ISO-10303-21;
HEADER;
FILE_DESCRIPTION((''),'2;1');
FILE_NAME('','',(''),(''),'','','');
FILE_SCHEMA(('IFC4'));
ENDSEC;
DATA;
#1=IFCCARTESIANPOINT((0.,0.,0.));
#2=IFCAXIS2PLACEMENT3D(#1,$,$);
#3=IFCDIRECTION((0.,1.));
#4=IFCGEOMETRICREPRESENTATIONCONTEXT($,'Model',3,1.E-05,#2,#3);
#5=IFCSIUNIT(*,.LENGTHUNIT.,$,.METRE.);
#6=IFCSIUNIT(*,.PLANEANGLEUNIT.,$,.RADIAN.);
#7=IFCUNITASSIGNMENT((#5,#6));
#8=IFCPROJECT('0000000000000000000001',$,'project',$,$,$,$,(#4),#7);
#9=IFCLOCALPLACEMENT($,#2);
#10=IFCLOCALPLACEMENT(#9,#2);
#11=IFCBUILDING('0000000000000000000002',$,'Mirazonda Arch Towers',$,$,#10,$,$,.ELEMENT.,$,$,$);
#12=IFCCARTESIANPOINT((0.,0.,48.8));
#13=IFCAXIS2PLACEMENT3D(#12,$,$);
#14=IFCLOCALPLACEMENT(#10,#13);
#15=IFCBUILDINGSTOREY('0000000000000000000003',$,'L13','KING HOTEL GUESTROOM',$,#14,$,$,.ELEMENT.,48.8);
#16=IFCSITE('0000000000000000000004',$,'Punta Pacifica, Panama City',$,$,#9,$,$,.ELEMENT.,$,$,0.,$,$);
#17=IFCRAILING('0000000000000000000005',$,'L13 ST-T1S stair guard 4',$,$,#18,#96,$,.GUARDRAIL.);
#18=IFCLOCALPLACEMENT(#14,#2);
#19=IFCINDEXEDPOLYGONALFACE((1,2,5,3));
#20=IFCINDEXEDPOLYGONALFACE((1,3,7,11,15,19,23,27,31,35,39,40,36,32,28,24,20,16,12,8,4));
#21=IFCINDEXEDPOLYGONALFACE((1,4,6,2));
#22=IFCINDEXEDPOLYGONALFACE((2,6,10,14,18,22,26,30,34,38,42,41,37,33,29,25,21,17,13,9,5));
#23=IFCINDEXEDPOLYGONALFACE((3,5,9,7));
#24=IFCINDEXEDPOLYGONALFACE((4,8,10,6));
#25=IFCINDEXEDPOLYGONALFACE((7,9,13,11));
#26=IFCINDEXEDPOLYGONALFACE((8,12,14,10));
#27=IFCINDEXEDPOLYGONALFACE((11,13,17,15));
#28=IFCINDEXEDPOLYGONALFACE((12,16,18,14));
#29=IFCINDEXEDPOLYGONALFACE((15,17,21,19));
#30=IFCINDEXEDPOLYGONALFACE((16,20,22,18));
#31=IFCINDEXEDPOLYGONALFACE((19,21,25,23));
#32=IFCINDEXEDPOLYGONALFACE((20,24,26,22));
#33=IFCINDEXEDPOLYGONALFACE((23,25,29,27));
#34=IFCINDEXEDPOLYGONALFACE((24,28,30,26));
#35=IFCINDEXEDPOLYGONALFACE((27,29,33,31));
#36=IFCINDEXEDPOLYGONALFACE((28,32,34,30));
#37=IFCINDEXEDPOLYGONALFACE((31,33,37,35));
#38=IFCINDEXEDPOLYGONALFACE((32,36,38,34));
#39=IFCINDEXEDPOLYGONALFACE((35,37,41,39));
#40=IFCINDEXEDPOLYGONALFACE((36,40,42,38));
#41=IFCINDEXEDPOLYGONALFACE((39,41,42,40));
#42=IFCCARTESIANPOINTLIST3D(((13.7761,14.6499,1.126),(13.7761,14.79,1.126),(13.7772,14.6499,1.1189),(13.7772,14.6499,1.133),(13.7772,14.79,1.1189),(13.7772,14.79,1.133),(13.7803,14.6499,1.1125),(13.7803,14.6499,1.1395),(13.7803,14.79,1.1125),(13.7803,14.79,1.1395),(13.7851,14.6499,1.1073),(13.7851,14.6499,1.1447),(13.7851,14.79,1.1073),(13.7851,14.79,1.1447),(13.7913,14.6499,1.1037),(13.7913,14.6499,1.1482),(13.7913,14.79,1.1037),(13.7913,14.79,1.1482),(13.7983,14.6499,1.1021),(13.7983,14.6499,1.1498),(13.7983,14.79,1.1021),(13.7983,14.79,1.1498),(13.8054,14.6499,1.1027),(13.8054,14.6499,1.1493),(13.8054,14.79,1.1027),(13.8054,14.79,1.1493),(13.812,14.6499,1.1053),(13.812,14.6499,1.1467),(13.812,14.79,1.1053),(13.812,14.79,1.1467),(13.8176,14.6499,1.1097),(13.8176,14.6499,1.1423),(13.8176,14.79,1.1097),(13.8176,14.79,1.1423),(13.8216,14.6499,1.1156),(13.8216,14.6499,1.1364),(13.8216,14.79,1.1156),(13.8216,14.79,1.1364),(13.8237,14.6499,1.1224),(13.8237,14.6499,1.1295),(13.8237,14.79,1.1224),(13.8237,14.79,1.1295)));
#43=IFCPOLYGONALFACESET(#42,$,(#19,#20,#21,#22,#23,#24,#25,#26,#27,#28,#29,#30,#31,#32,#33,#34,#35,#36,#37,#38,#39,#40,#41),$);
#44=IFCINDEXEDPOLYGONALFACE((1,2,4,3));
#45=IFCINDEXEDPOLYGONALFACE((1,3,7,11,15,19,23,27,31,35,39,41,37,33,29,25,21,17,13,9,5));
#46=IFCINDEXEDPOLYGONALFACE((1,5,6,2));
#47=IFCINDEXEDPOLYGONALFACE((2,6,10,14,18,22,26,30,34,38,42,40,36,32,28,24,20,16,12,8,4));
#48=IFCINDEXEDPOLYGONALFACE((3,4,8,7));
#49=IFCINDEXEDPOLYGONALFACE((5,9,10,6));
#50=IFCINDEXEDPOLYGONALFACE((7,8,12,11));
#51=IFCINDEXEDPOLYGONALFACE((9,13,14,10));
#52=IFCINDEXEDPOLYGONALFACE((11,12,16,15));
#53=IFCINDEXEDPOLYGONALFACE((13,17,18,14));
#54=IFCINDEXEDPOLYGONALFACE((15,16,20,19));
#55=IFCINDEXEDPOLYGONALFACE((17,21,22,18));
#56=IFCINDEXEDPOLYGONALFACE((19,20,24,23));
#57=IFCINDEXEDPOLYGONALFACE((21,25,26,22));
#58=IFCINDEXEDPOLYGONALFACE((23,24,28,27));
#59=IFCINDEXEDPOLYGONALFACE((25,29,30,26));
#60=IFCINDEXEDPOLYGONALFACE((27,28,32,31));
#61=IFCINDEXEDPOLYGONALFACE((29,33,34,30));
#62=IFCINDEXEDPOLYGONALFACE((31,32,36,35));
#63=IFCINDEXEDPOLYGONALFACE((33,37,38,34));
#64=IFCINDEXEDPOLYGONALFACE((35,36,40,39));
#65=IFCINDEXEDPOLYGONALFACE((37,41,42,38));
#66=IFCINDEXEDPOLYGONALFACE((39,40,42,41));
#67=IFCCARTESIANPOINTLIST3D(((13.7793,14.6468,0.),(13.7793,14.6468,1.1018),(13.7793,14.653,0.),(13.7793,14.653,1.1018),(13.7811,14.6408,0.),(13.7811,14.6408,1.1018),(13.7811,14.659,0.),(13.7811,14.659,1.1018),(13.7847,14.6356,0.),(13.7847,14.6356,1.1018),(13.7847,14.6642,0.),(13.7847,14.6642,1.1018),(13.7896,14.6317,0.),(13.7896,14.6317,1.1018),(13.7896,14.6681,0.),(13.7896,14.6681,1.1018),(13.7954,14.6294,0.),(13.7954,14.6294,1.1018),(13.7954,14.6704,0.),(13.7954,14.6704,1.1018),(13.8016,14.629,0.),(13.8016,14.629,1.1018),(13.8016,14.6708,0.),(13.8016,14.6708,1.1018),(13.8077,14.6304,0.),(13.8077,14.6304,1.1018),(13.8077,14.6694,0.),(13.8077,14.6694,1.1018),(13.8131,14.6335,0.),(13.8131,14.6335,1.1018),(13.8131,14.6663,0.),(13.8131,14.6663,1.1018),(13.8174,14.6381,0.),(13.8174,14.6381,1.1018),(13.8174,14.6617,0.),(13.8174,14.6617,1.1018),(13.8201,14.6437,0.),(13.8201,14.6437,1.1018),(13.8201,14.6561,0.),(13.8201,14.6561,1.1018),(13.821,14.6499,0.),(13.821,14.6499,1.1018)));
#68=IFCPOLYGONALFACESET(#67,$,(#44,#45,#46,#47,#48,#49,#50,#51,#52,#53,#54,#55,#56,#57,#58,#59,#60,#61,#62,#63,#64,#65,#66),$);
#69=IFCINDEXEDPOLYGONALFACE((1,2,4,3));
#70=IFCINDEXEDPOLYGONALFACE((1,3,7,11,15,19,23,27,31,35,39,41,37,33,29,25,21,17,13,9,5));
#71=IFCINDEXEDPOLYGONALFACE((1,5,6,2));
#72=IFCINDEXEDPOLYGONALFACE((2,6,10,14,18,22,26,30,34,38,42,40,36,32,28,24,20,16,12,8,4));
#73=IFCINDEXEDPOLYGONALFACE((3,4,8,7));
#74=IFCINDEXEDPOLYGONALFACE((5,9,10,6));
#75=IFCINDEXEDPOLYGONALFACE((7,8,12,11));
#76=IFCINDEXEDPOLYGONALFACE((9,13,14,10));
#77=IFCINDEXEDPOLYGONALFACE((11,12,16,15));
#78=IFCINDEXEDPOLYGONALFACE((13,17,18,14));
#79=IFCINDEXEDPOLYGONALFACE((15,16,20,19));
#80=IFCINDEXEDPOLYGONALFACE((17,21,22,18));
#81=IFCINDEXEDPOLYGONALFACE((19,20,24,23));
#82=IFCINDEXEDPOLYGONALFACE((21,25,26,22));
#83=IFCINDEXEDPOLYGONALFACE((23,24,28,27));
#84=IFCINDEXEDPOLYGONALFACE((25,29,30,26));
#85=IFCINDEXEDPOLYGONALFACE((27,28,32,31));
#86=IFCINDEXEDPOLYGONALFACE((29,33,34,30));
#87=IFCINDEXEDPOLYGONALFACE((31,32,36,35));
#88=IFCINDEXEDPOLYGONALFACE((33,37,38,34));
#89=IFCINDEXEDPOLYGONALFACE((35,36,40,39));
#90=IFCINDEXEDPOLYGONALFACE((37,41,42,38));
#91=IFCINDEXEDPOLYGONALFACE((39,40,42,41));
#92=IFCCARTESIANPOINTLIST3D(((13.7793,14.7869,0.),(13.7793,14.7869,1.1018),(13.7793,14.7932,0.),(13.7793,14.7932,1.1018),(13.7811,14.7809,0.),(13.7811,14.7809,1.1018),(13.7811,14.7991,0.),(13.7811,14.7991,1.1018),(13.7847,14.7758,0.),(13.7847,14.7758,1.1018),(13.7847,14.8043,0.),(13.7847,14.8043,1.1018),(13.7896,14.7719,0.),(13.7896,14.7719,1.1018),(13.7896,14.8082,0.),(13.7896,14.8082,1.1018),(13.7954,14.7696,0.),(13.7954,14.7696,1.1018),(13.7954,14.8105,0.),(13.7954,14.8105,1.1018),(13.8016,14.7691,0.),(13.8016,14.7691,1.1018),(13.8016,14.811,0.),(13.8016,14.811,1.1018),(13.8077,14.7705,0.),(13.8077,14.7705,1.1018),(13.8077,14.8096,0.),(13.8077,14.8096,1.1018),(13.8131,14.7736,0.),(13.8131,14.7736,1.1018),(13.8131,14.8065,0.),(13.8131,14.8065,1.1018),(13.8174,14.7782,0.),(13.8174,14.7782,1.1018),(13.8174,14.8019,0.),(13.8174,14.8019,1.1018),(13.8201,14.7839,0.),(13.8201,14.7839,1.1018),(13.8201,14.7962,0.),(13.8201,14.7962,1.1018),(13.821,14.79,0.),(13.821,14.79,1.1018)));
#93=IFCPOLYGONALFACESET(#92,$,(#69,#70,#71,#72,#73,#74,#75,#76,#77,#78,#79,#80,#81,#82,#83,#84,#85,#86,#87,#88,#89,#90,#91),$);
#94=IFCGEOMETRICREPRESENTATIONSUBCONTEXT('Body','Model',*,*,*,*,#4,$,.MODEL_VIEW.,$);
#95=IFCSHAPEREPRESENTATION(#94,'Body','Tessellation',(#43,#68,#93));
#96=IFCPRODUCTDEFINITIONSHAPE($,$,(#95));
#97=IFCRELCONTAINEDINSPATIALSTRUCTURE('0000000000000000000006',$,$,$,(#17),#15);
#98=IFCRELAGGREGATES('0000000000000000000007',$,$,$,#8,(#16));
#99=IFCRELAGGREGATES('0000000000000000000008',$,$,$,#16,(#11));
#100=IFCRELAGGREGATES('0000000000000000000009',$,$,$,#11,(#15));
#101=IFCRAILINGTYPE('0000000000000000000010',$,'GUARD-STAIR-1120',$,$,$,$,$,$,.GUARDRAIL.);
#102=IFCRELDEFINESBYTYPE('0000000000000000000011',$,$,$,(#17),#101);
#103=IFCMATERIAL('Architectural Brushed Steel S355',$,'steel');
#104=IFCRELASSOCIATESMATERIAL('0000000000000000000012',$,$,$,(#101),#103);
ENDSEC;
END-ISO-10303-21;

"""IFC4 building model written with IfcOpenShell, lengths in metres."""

from ifc_helpers import new_model, si_unit, direction, frame, origin, origin_2d, place, context, subcontext, project, spatial, circle, extrude, material, type_object, element, save


model = new_model("IFC4")

# Units and contexts
model_context = context("Model", 3, precision=1e-05, world=origin(), true_north=direction((0.0, 1.0)))
body_context = subcontext(model_context, "Body", "Model", "MODEL_VIEW")
ifc_project = project(units=[si_unit("LENGTHUNIT", "METRE"), si_unit("PLANEANGLEUNIT", "RADIAN")], contexts=[model_context])

# Site, building, storey
site_placement = place(None, origin())
site = spatial("IfcSite", under=ifc_project, at=site_placement, Name="Punta Pacifica, Panama City", CompositionType="ELEMENT", RefElevation=0.0)
building_placement = place(site_placement, origin())
building = spatial("IfcBuilding", under=site, at=building_placement, Name="Mirazonda Arch Towers", CompositionType="ELEMENT")
storey_placement = place(building_placement, frame((0.0, 0.0, 48.8)))
storey = spatial("IfcBuildingStorey", under=building, at=storey_placement, Name="L13", Description="KING HOTEL GUESTROOM", CompositionType="ELEMENT", Elevation=48.8)

# Shared definitions
ifc_material_1 = material(Name="Architectural Brushed Steel S355", Category="steel")

# Railing
railing_type_1 = type_object("IfcRailingType", Name="GUARD-STAIR-1120", PredefinedType="GUARDRAIL", material=ifc_material_1)
railing_1_placement = place(storey_placement, frame((13.8, 14.6499, 0.0)))
element("IfcRailing", 1, at=railing_1_placement, inside=storey, type_object=railing_type_1, Name="L13 ST-T1S stair guard 4", PredefinedType="GUARDRAIL", context=body_context, shape_type="SweptSolid", body=[
    extrude(circle(Radius=0.0239, at=origin_2d()), frame((0.0, 0.0, 1.126), z_axis=(0.0, 1.0, 0.0), x_axis=(-1.0, 0.0, 0.0)), (0.0, 0.0, 1.0), 0.1401),
    extrude(circle(Radius=0.021, at=origin_2d()), origin(), (0.0, 0.0, 1.0), 1.1018),
    extrude(circle(Radius=0.021, at=origin_2d()), frame((0.0, 0.1401, 0.0)), (0.0, 0.0, 1.0), 1.1018),
])

save(model, "model.ifc")
